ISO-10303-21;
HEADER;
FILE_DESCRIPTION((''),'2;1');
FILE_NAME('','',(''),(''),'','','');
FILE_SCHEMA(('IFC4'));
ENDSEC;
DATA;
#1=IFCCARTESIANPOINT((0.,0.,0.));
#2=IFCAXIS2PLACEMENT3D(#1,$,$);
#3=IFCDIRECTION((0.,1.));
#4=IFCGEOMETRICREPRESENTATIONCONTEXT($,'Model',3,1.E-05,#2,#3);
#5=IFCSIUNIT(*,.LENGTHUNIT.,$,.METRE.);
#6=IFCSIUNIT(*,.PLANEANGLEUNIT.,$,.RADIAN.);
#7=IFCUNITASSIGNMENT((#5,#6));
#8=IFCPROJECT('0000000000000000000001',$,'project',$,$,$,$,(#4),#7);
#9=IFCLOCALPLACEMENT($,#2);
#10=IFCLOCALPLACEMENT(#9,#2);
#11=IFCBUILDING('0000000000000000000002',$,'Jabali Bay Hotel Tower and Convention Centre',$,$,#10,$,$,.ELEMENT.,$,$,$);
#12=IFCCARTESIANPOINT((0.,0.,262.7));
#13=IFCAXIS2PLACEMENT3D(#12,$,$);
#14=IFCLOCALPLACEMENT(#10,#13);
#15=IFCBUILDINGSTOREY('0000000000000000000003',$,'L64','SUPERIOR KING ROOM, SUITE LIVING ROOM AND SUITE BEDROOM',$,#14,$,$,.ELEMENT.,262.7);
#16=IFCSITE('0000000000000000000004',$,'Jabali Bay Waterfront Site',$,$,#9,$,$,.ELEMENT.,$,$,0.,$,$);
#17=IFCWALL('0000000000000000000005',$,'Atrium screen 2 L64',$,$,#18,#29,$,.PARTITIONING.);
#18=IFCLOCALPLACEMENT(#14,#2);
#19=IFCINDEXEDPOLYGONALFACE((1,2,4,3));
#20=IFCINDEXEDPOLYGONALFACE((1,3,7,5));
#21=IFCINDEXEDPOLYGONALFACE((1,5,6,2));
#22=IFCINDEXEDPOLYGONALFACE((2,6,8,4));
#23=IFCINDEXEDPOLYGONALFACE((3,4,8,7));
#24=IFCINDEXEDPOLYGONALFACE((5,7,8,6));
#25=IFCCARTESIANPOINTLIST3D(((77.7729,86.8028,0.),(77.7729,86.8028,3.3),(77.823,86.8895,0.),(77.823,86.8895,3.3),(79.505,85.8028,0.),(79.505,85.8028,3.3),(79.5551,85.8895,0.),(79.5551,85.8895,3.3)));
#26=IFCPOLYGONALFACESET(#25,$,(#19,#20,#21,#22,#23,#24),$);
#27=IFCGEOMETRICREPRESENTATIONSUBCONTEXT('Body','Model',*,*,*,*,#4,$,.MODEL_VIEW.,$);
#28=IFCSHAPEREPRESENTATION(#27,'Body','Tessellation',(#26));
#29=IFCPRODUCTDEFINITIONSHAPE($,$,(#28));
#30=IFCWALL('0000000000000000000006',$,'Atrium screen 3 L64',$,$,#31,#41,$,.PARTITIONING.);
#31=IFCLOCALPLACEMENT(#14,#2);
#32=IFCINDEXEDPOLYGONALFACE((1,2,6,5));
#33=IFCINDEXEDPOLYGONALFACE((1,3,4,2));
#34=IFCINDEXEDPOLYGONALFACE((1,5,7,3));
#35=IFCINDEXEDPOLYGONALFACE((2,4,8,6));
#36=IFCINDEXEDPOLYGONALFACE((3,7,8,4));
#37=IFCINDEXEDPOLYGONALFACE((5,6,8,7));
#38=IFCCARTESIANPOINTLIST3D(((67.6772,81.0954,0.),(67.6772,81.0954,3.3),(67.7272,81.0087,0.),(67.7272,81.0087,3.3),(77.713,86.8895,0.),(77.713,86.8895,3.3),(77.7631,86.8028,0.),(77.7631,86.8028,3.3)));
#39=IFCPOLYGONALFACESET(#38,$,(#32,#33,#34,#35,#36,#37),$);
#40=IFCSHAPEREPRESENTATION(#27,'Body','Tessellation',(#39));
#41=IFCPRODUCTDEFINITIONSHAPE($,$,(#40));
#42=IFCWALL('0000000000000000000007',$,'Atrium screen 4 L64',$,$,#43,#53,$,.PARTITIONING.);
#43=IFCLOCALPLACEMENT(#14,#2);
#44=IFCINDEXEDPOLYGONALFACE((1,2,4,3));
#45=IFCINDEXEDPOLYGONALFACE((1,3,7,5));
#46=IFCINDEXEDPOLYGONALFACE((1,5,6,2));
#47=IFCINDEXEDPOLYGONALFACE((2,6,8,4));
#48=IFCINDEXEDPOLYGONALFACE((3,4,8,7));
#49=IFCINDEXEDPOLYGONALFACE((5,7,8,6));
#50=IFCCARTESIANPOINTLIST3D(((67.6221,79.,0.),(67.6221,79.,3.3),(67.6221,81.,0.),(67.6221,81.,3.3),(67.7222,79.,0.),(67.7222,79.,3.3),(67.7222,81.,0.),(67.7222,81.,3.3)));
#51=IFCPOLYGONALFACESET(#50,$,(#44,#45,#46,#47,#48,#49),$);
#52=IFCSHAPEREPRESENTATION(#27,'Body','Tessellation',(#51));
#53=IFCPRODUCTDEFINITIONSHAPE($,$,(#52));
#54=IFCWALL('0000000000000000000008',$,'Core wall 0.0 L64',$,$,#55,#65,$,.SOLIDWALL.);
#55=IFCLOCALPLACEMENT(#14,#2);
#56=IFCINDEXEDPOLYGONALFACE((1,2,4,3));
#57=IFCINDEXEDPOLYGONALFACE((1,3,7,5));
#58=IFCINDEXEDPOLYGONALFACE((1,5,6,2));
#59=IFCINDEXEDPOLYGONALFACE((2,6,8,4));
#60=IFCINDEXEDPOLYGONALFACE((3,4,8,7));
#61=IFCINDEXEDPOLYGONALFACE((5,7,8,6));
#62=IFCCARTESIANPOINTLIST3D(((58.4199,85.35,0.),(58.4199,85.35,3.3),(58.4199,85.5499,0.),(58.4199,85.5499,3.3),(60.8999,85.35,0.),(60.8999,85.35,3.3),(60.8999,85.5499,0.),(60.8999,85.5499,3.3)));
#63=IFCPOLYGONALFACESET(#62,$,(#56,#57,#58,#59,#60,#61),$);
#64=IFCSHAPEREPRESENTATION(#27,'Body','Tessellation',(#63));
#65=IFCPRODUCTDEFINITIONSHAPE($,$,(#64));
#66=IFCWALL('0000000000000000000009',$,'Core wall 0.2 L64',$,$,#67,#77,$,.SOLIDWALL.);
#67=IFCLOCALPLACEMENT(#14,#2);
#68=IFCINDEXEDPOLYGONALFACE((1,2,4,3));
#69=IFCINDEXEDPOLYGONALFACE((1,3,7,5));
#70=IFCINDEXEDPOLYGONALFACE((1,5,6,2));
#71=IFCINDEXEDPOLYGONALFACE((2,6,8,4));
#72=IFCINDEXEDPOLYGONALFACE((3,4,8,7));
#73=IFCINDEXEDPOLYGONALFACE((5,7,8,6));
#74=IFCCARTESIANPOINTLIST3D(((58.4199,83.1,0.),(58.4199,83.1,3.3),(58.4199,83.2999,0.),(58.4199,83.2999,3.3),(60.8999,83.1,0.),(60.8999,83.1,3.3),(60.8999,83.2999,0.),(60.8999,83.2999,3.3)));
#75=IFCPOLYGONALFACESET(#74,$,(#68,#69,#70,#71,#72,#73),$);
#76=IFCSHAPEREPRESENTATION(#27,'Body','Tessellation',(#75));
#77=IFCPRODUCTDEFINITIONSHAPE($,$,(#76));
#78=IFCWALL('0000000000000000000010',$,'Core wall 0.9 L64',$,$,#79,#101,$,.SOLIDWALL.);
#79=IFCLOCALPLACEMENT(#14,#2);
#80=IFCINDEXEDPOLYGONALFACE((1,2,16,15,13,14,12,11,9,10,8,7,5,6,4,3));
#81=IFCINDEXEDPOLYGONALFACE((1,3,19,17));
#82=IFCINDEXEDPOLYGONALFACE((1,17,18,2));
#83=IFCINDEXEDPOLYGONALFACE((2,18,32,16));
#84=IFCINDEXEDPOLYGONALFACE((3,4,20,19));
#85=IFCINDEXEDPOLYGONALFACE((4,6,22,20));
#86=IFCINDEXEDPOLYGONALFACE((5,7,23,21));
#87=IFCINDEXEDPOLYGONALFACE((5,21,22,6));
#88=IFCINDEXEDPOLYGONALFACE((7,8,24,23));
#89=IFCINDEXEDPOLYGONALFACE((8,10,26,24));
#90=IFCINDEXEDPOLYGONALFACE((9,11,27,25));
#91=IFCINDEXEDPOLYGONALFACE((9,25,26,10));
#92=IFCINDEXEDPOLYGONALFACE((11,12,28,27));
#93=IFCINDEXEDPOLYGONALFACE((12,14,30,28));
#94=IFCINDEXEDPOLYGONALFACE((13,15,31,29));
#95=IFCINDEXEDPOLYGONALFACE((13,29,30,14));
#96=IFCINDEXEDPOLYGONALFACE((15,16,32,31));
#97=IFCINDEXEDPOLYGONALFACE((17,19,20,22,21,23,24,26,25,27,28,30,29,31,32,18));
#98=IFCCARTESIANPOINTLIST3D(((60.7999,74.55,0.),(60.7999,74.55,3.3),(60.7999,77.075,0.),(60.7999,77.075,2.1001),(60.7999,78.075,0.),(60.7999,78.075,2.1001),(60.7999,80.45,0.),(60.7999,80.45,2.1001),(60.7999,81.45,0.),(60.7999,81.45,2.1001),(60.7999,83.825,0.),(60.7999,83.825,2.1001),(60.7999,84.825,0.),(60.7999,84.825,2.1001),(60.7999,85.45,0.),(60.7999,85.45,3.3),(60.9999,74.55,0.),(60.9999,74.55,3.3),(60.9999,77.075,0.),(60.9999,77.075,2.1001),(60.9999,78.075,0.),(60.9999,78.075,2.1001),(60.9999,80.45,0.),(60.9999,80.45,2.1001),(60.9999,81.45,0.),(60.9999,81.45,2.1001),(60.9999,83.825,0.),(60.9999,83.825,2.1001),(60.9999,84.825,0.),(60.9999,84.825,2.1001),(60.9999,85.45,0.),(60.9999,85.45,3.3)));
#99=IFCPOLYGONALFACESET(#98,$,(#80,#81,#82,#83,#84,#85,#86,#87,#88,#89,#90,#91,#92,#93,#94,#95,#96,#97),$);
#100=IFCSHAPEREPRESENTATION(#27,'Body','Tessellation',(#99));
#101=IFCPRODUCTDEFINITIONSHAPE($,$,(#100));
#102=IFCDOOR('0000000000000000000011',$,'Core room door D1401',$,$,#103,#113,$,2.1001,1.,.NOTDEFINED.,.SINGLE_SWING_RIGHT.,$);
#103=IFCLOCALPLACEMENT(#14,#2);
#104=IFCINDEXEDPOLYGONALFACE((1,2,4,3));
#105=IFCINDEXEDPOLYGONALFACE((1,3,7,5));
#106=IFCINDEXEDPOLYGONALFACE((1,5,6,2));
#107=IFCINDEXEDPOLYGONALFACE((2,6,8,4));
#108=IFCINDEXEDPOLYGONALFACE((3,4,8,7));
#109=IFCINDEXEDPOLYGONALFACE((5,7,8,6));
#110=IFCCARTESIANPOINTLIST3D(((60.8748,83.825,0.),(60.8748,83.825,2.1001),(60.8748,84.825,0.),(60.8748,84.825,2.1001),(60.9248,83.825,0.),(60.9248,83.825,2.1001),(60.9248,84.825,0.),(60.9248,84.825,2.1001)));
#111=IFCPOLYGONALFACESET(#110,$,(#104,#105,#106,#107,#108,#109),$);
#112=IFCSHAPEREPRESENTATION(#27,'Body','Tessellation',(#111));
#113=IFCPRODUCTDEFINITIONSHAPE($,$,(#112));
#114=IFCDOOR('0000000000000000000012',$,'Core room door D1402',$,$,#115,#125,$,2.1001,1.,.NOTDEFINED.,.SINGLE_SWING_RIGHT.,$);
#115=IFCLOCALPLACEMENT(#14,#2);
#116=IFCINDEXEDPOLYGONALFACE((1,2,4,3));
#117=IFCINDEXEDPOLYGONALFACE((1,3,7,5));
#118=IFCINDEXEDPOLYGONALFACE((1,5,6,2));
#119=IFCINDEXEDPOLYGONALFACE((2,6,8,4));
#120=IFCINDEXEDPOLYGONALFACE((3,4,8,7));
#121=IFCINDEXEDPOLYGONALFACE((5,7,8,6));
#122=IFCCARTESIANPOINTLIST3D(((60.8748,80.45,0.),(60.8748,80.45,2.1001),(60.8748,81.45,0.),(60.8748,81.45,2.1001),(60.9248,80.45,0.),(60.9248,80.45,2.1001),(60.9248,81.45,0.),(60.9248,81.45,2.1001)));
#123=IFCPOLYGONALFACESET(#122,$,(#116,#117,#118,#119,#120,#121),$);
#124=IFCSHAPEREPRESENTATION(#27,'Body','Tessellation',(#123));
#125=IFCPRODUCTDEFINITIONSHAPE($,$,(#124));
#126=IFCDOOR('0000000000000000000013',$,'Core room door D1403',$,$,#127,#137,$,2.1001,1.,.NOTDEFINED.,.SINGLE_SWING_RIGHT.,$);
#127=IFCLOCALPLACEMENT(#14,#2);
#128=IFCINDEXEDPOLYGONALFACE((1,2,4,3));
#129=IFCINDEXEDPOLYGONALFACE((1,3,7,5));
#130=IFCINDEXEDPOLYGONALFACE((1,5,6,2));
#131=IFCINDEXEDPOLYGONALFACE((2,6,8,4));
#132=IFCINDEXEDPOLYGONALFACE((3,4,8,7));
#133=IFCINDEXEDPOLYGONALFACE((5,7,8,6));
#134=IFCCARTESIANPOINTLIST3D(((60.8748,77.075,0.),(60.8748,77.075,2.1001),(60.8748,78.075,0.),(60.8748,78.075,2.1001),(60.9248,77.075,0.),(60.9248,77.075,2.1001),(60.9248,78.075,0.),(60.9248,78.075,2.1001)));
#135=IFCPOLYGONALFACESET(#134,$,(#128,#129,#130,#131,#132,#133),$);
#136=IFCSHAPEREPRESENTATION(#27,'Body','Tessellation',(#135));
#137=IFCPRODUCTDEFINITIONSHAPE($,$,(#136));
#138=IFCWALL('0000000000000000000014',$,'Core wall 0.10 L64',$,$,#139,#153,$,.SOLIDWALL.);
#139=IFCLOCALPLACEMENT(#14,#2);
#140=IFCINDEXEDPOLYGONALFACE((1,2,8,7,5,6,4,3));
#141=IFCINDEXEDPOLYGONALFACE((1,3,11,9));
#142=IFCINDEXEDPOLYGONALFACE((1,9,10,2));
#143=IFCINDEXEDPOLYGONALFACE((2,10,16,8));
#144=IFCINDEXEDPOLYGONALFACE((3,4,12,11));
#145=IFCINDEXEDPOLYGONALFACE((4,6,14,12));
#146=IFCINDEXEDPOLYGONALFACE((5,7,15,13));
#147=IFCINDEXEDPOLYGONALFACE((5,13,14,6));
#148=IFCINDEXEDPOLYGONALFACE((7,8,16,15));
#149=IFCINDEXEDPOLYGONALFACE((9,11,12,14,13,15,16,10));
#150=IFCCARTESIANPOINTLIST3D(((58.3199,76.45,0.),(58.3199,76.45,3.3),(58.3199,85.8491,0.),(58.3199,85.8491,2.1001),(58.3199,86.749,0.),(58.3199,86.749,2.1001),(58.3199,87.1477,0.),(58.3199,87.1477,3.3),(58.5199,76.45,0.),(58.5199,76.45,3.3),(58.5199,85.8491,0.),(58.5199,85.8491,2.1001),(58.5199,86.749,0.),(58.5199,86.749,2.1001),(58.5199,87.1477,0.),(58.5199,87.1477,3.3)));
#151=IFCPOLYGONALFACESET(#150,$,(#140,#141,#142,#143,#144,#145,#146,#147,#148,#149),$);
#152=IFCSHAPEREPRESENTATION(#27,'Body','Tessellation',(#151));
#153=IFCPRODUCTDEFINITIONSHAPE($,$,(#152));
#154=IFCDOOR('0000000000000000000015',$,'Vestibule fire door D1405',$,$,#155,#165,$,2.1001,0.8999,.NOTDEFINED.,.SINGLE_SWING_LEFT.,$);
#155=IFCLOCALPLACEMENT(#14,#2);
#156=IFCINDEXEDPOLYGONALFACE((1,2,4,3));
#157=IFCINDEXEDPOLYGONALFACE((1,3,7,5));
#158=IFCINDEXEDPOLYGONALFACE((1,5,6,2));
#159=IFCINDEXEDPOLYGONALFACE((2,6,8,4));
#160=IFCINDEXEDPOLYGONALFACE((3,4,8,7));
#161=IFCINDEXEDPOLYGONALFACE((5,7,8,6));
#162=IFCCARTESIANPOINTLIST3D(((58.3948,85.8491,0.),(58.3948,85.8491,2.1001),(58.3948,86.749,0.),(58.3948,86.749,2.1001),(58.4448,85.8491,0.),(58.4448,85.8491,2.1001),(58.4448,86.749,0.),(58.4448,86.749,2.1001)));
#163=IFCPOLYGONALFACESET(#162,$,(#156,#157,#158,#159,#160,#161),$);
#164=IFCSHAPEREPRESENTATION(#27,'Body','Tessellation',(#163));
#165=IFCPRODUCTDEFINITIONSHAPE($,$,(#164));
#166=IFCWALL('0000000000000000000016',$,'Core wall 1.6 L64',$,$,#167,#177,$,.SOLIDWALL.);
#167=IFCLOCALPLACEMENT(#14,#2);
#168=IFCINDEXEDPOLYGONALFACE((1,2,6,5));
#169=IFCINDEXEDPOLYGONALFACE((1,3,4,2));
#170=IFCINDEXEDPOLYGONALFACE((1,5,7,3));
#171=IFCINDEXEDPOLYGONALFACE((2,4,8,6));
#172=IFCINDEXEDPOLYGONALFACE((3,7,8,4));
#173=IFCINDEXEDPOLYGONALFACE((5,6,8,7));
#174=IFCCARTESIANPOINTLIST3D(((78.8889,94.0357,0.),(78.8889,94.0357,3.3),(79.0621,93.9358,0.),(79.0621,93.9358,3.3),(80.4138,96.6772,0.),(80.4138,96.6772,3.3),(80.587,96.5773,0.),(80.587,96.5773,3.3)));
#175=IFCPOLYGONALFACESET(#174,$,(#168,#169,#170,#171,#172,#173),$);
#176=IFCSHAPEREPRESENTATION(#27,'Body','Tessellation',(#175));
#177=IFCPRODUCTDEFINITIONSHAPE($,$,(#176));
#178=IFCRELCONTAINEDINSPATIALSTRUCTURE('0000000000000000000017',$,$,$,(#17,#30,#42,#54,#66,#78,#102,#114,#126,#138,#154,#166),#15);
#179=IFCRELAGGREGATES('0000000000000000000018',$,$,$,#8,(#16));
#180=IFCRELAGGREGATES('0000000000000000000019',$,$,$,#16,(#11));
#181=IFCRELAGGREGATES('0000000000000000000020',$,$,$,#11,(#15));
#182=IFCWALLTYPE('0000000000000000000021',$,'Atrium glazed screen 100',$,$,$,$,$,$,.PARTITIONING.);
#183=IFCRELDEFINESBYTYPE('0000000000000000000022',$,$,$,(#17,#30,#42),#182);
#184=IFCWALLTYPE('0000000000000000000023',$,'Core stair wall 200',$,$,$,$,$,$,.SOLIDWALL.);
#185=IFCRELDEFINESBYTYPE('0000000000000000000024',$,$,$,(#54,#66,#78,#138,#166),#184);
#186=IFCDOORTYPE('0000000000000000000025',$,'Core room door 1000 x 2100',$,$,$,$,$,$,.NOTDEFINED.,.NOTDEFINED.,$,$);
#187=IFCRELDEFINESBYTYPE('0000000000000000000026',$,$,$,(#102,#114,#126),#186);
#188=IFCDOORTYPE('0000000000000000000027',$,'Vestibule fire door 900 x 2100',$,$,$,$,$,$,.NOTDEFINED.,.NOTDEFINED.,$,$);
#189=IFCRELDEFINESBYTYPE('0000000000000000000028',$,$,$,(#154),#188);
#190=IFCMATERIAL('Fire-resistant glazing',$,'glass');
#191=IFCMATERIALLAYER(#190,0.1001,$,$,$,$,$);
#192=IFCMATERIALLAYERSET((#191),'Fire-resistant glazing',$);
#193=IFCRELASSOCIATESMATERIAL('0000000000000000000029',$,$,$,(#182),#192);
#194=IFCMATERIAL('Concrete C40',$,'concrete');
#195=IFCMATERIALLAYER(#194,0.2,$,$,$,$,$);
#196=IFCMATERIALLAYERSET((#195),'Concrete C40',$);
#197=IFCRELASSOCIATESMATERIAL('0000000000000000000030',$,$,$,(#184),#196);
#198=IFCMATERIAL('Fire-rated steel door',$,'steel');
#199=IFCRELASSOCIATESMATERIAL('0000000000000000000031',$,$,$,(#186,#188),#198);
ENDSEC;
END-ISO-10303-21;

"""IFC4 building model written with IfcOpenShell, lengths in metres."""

from ifc_helpers import new_model, si_unit, direction, frame, frame_2d, origin, place, context, subcontext, project, spatial, rectangle, extrude, material, layer, layer_set, type_object, element, fill, save


model = new_model("IFC4")

# Units and contexts
model_context = context("Model", 3, precision=1e-05, world=origin(), true_north=direction((0.0, 1.0)))
body_context = subcontext(model_context, "Body", "Model", "MODEL_VIEW")
ifc_project = project(units=[si_unit("LENGTHUNIT", "METRE"), si_unit("PLANEANGLEUNIT", "RADIAN")], contexts=[model_context])

# Site, building, storey
site_placement = place(None, origin())
site = spatial("IfcSite", under=ifc_project, at=site_placement, Name="Jabali Bay Waterfront Site", CompositionType="ELEMENT", RefElevation=0.0)
building_placement = place(site_placement, origin())
building = spatial("IfcBuilding", under=site, at=building_placement, Name="Jabali Bay Hotel Tower and Convention Centre", CompositionType="ELEMENT")
storey_placement = place(building_placement, frame((0.0, 0.0, 262.7)))
storey = spatial("IfcBuildingStorey", under=building, at=storey_placement, Name="L64", Description="SUPERIOR KING ROOM, SUITE LIVING ROOM AND SUITE BEDROOM", CompositionType="ELEMENT", Elevation=262.7)

# Walls
ifc_material_1 = material(Name="Fire-resistant glazing", Category="glass")
ifc_layer_1 = layer(ifc_material_1, 0.1001)
ifc_layer_set_1 = layer_set([ifc_layer_1], Name="Fire-resistant glazing")
wall_type_1 = type_object("IfcWallType", Name="Atrium glazed screen 100", PredefinedType="PARTITIONING", material=ifc_layer_set_1)
wall_1_placement = place(storey_placement, frame((79.53, 85.8462, 0.0), z_axis=(0.0, 0.0, 1.0), x_axis=(-0.866041, 0.499973, 0.0)))
element("IfcWall", 1, at=wall_1_placement, inside=storey, type_object=wall_type_1, Name="Atrium screen 2 L64", PredefinedType="PARTITIONING", context=body_context, shape_type="SweptSolid", body=[
    extrude(rectangle(XDim=2.0, YDim=0.1001, at=frame_2d((1.0, 0.0))), origin(), (0.0, 0.0, 1.0), 3.3),
])
wall_2_placement = place(storey_placement, frame((77.738, 86.8462, 0.0), z_axis=(0.0, 0.0, 1.0), x_axis=(-0.866027, -0.499998, 0.0)))
element("IfcWall", 2, at=wall_2_placement, inside=storey, type_object=wall_type_1, Name="Atrium screen 3 L64", PredefinedType="PARTITIONING", context=body_context, shape_type="SweptSolid", body=[
    extrude(rectangle(XDim=11.5884, YDim=0.1001, at=frame_2d((5.7942, 0.0))), origin(), (0.0, 0.0, 1.0), 3.3),
])
wall_3_placement = place(storey_placement, frame((67.6721, 81.0, 0.0), z_axis=(0.0, 0.0, 1.0), x_axis=(0.0, -1.0, 0.0)))
element("IfcWall", 3, at=wall_3_placement, inside=storey, type_object=wall_type_1, Name="Atrium screen 4 L64", PredefinedType="PARTITIONING", context=body_context, shape_type="SweptSolid", body=[
    extrude(rectangle(XDim=2.0, YDim=0.1001, at=frame_2d((1.0, 0.0))), origin(), (0.0, 0.0, 1.0), 3.3),
])
ifc_material_2 = material(Name="Concrete C40", Category="concrete")
ifc_layer_2 = layer(ifc_material_2, 0.2)
ifc_layer_set_2 = layer_set([ifc_layer_2], Name="Concrete C40")
wall_type_2 = type_object("IfcWallType", Name="Core stair wall 200", PredefinedType="SOLIDWALL", material=ifc_layer_set_2)
for number, where, z_axis, x_axis, name in (
    (4, (60.8999, 85.45, 0.0), (0.0, 0.0, 1.0), (-1.0, 0.0, 0.0), "Core wall 0.0 L64"),
    (5, (60.8999, 83.2, 0.0), (0.0, 0.0, 1.0), (-1.0, 0.0, 0.0), "Core wall 0.2 L64"),
):
    element("IfcWall", number, at=place(storey_placement, frame(where, z_axis=z_axis, x_axis=x_axis)), inside=storey, type_object=wall_type_2, Name=name, PredefinedType="SOLIDWALL", context=body_context, shape_type="SweptSolid", body=[
        extrude(rectangle(XDim=2.48, YDim=0.2, at=frame_2d((1.24, 0.0))), origin(), (0.0, 0.0, 1.0), 3.3),
    ])

# Wall, openings, doors
wall_4_placement = place(storey_placement, frame((60.8999, 85.45, 0.0), z_axis=(0.0, 0.0, 1.0), x_axis=(0.0, -1.0, 0.0)))
wall_4 = element("IfcWall", 6, at=wall_4_placement, inside=storey, type_object=wall_type_2, Name="Core wall 0.9 L64", PredefinedType="SOLIDWALL", context=body_context, shape_type="SweptSolid", body=[
    extrude(rectangle(XDim=10.8999, YDim=0.2, at=frame_2d((5.45, 0.0))), origin(), (0.0, 0.0, 1.0), 3.3),
])
opening_1_placement = place(wall_4_placement, frame((0.625, 0.0, 0.0)))
opening_1 = element("IfcOpeningElement", 7, at=opening_1_placement, cuts=wall_4, PredefinedType="OPENING", context=body_context, shape_type="SweptSolid", body=[
    extrude(rectangle(XDim=1.0, YDim=2.1001, at=frame_2d((0.5, 1.05))), frame((0.0, 0.1104, 0.0), z_axis=(0.0, -1.0, 0.0), x_axis=(1.0, 0.0, 0.0)), (0.0, 0.0, 1.0), 0.2209),
])
opening_2_placement = place(wall_4_placement, frame((4.0, 0.0, 0.0)))
opening_2 = element("IfcOpeningElement", 8, at=opening_2_placement, cuts=wall_4, PredefinedType="OPENING", context=body_context, shape_type="SweptSolid", body=[
    extrude(rectangle(XDim=1.0, YDim=2.1001, at=frame_2d((0.5, 1.05))), frame((0.0, 0.1104, 0.0), z_axis=(0.0, -1.0, 0.0), x_axis=(1.0, 0.0, 0.0)), (0.0, 0.0, 1.0), 0.2209),
])
opening_3_placement = place(wall_4_placement, frame((7.375, 0.0, 0.0)))
opening_3 = element("IfcOpeningElement", 9, at=opening_3_placement, cuts=wall_4, PredefinedType="OPENING", context=body_context, shape_type="SweptSolid", body=[
    extrude(rectangle(XDim=1.0, YDim=2.1001, at=frame_2d((0.5, 1.05))), frame((0.0, 0.1104, 0.0), z_axis=(0.0, -1.0, 0.0), x_axis=(1.0, 0.0, 0.0)), (0.0, 0.0, 1.0), 0.2209),
])
ifc_material_3 = material(Name="Fire-rated steel door", Category="steel")
door_type_1 = type_object("IfcDoorType", Name="Core room door 1000 x 2100", OperationType="NOTDEFINED", PredefinedType="NOTDEFINED", material=ifc_material_3)
door_1_placement = place(opening_1_placement, origin())
door_1 = element("IfcDoor", 10, at=door_1_placement, inside=storey, type_object=door_type_1, Name="Core room door D1401", OperationType="SINGLE_SWING_RIGHT", OverallHeight=2.1001, OverallWidth=1.0, PredefinedType="NOTDEFINED", context=body_context, shape_type="SweptSolid", body=[
    extrude(rectangle(XDim=1.0, YDim=2.1001, at=frame_2d((0.5, 1.05))), frame((0.0, 0.0249, 0.0), z_axis=(0.0, -1.0, 0.0), x_axis=(1.0, 0.0, 0.0)), (0.0, 0.0, 1.0), 0.05),
])
fill(opening_1, door_1)
door_2_placement = place(opening_2_placement, origin())
door_2 = element("IfcDoor", 11, at=door_2_placement, inside=storey, type_object=door_type_1, Name="Core room door D1402", OperationType="SINGLE_SWING_RIGHT", OverallHeight=2.1001, OverallWidth=1.0, PredefinedType="NOTDEFINED", context=body_context, shape_type="SweptSolid", body=[
    extrude(rectangle(XDim=1.0, YDim=2.1001, at=frame_2d((0.5, 1.05))), frame((0.0, 0.0249, 0.0), z_axis=(0.0, -1.0, 0.0), x_axis=(1.0, 0.0, 0.0)), (0.0, 0.0, 1.0), 0.05),
])
fill(opening_2, door_2)
door_3_placement = place(opening_3_placement, origin())
door_3 = element("IfcDoor", 12, at=door_3_placement, inside=storey, type_object=door_type_1, Name="Core room door D1403", OperationType="SINGLE_SWING_RIGHT", OverallHeight=2.1001, OverallWidth=1.0, PredefinedType="NOTDEFINED", context=body_context, shape_type="SweptSolid", body=[
    extrude(rectangle(XDim=1.0, YDim=2.1001, at=frame_2d((0.5, 1.05))), frame((0.0, 0.0249, 0.0), z_axis=(0.0, -1.0, 0.0), x_axis=(1.0, 0.0, 0.0)), (0.0, 0.0, 1.0), 0.05),
])
fill(opening_3, door_3)

# Wall, opening, door
wall_5_placement = place(storey_placement, frame((58.4199, 87.1477, 0.0), z_axis=(0.0, 0.0, 1.0), x_axis=(0.0, -1.0, 0.0)))
wall_5 = element("IfcWall", 13, at=wall_5_placement, inside=storey, type_object=wall_type_2, Name="Core wall 0.10 L64", PredefinedType="SOLIDWALL", context=body_context, shape_type="SweptSolid", body=[
    extrude(rectangle(XDim=10.6978, YDim=0.2, at=frame_2d((5.3489, 0.0))), origin(), (0.0, 0.0, 1.0), 3.3),
])
opening_4_placement = place(wall_5_placement, frame((0.3987, 0.0, 0.0)))
opening_4 = element("IfcOpeningElement", 14, at=opening_4_placement, cuts=wall_5, PredefinedType="OPENING", context=body_context, shape_type="SweptSolid", body=[
    extrude(rectangle(XDim=0.8999, YDim=2.1001, at=frame_2d((0.45, 1.05))), frame((0.0, 0.1104, 0.0), z_axis=(0.0, -1.0, 0.0), x_axis=(1.0, 0.0, 0.0)), (0.0, 0.0, 1.0), 0.2209),
])
door_type_2 = type_object("IfcDoorType", Name="Vestibule fire door 900 x 2100", OperationType="NOTDEFINED", PredefinedType="NOTDEFINED", material=ifc_material_3)
door_4_placement = place(opening_4_placement, origin())
door_4 = element("IfcDoor", 15, at=door_4_placement, inside=storey, type_object=door_type_2, Name="Vestibule fire door D1405", OperationType="SINGLE_SWING_LEFT", OverallHeight=2.1001, OverallWidth=0.8999, PredefinedType="NOTDEFINED", context=body_context, shape_type="SweptSolid", body=[
    extrude(rectangle(XDim=0.8999, YDim=2.1001, at=frame_2d((0.45, 1.05))), frame((0.0, 0.0249, 0.0), z_axis=(0.0, -1.0, 0.0), x_axis=(1.0, 0.0, 0.0)), (0.0, 0.0, 1.0), 0.05),
])
fill(opening_4, door_4)

# Wall
wall_6_placement = place(storey_placement, frame((78.9756, 93.9858, 0.0), z_axis=(0.0, 0.0, 1.0), x_axis=(0.499944, 0.866058, 0.0)))
element("IfcWall", 16, at=wall_6_placement, inside=storey, type_object=wall_type_2, Name="Core wall 1.6 L64", PredefinedType="SOLIDWALL", context=body_context, shape_type="SweptSolid", body=[
    extrude(rectangle(XDim=3.05, YDim=0.2, at=frame_2d((1.5249, 0.0))), origin(), (0.0, 0.0, 1.0), 3.3),
])

save(model, "model.ifc")
